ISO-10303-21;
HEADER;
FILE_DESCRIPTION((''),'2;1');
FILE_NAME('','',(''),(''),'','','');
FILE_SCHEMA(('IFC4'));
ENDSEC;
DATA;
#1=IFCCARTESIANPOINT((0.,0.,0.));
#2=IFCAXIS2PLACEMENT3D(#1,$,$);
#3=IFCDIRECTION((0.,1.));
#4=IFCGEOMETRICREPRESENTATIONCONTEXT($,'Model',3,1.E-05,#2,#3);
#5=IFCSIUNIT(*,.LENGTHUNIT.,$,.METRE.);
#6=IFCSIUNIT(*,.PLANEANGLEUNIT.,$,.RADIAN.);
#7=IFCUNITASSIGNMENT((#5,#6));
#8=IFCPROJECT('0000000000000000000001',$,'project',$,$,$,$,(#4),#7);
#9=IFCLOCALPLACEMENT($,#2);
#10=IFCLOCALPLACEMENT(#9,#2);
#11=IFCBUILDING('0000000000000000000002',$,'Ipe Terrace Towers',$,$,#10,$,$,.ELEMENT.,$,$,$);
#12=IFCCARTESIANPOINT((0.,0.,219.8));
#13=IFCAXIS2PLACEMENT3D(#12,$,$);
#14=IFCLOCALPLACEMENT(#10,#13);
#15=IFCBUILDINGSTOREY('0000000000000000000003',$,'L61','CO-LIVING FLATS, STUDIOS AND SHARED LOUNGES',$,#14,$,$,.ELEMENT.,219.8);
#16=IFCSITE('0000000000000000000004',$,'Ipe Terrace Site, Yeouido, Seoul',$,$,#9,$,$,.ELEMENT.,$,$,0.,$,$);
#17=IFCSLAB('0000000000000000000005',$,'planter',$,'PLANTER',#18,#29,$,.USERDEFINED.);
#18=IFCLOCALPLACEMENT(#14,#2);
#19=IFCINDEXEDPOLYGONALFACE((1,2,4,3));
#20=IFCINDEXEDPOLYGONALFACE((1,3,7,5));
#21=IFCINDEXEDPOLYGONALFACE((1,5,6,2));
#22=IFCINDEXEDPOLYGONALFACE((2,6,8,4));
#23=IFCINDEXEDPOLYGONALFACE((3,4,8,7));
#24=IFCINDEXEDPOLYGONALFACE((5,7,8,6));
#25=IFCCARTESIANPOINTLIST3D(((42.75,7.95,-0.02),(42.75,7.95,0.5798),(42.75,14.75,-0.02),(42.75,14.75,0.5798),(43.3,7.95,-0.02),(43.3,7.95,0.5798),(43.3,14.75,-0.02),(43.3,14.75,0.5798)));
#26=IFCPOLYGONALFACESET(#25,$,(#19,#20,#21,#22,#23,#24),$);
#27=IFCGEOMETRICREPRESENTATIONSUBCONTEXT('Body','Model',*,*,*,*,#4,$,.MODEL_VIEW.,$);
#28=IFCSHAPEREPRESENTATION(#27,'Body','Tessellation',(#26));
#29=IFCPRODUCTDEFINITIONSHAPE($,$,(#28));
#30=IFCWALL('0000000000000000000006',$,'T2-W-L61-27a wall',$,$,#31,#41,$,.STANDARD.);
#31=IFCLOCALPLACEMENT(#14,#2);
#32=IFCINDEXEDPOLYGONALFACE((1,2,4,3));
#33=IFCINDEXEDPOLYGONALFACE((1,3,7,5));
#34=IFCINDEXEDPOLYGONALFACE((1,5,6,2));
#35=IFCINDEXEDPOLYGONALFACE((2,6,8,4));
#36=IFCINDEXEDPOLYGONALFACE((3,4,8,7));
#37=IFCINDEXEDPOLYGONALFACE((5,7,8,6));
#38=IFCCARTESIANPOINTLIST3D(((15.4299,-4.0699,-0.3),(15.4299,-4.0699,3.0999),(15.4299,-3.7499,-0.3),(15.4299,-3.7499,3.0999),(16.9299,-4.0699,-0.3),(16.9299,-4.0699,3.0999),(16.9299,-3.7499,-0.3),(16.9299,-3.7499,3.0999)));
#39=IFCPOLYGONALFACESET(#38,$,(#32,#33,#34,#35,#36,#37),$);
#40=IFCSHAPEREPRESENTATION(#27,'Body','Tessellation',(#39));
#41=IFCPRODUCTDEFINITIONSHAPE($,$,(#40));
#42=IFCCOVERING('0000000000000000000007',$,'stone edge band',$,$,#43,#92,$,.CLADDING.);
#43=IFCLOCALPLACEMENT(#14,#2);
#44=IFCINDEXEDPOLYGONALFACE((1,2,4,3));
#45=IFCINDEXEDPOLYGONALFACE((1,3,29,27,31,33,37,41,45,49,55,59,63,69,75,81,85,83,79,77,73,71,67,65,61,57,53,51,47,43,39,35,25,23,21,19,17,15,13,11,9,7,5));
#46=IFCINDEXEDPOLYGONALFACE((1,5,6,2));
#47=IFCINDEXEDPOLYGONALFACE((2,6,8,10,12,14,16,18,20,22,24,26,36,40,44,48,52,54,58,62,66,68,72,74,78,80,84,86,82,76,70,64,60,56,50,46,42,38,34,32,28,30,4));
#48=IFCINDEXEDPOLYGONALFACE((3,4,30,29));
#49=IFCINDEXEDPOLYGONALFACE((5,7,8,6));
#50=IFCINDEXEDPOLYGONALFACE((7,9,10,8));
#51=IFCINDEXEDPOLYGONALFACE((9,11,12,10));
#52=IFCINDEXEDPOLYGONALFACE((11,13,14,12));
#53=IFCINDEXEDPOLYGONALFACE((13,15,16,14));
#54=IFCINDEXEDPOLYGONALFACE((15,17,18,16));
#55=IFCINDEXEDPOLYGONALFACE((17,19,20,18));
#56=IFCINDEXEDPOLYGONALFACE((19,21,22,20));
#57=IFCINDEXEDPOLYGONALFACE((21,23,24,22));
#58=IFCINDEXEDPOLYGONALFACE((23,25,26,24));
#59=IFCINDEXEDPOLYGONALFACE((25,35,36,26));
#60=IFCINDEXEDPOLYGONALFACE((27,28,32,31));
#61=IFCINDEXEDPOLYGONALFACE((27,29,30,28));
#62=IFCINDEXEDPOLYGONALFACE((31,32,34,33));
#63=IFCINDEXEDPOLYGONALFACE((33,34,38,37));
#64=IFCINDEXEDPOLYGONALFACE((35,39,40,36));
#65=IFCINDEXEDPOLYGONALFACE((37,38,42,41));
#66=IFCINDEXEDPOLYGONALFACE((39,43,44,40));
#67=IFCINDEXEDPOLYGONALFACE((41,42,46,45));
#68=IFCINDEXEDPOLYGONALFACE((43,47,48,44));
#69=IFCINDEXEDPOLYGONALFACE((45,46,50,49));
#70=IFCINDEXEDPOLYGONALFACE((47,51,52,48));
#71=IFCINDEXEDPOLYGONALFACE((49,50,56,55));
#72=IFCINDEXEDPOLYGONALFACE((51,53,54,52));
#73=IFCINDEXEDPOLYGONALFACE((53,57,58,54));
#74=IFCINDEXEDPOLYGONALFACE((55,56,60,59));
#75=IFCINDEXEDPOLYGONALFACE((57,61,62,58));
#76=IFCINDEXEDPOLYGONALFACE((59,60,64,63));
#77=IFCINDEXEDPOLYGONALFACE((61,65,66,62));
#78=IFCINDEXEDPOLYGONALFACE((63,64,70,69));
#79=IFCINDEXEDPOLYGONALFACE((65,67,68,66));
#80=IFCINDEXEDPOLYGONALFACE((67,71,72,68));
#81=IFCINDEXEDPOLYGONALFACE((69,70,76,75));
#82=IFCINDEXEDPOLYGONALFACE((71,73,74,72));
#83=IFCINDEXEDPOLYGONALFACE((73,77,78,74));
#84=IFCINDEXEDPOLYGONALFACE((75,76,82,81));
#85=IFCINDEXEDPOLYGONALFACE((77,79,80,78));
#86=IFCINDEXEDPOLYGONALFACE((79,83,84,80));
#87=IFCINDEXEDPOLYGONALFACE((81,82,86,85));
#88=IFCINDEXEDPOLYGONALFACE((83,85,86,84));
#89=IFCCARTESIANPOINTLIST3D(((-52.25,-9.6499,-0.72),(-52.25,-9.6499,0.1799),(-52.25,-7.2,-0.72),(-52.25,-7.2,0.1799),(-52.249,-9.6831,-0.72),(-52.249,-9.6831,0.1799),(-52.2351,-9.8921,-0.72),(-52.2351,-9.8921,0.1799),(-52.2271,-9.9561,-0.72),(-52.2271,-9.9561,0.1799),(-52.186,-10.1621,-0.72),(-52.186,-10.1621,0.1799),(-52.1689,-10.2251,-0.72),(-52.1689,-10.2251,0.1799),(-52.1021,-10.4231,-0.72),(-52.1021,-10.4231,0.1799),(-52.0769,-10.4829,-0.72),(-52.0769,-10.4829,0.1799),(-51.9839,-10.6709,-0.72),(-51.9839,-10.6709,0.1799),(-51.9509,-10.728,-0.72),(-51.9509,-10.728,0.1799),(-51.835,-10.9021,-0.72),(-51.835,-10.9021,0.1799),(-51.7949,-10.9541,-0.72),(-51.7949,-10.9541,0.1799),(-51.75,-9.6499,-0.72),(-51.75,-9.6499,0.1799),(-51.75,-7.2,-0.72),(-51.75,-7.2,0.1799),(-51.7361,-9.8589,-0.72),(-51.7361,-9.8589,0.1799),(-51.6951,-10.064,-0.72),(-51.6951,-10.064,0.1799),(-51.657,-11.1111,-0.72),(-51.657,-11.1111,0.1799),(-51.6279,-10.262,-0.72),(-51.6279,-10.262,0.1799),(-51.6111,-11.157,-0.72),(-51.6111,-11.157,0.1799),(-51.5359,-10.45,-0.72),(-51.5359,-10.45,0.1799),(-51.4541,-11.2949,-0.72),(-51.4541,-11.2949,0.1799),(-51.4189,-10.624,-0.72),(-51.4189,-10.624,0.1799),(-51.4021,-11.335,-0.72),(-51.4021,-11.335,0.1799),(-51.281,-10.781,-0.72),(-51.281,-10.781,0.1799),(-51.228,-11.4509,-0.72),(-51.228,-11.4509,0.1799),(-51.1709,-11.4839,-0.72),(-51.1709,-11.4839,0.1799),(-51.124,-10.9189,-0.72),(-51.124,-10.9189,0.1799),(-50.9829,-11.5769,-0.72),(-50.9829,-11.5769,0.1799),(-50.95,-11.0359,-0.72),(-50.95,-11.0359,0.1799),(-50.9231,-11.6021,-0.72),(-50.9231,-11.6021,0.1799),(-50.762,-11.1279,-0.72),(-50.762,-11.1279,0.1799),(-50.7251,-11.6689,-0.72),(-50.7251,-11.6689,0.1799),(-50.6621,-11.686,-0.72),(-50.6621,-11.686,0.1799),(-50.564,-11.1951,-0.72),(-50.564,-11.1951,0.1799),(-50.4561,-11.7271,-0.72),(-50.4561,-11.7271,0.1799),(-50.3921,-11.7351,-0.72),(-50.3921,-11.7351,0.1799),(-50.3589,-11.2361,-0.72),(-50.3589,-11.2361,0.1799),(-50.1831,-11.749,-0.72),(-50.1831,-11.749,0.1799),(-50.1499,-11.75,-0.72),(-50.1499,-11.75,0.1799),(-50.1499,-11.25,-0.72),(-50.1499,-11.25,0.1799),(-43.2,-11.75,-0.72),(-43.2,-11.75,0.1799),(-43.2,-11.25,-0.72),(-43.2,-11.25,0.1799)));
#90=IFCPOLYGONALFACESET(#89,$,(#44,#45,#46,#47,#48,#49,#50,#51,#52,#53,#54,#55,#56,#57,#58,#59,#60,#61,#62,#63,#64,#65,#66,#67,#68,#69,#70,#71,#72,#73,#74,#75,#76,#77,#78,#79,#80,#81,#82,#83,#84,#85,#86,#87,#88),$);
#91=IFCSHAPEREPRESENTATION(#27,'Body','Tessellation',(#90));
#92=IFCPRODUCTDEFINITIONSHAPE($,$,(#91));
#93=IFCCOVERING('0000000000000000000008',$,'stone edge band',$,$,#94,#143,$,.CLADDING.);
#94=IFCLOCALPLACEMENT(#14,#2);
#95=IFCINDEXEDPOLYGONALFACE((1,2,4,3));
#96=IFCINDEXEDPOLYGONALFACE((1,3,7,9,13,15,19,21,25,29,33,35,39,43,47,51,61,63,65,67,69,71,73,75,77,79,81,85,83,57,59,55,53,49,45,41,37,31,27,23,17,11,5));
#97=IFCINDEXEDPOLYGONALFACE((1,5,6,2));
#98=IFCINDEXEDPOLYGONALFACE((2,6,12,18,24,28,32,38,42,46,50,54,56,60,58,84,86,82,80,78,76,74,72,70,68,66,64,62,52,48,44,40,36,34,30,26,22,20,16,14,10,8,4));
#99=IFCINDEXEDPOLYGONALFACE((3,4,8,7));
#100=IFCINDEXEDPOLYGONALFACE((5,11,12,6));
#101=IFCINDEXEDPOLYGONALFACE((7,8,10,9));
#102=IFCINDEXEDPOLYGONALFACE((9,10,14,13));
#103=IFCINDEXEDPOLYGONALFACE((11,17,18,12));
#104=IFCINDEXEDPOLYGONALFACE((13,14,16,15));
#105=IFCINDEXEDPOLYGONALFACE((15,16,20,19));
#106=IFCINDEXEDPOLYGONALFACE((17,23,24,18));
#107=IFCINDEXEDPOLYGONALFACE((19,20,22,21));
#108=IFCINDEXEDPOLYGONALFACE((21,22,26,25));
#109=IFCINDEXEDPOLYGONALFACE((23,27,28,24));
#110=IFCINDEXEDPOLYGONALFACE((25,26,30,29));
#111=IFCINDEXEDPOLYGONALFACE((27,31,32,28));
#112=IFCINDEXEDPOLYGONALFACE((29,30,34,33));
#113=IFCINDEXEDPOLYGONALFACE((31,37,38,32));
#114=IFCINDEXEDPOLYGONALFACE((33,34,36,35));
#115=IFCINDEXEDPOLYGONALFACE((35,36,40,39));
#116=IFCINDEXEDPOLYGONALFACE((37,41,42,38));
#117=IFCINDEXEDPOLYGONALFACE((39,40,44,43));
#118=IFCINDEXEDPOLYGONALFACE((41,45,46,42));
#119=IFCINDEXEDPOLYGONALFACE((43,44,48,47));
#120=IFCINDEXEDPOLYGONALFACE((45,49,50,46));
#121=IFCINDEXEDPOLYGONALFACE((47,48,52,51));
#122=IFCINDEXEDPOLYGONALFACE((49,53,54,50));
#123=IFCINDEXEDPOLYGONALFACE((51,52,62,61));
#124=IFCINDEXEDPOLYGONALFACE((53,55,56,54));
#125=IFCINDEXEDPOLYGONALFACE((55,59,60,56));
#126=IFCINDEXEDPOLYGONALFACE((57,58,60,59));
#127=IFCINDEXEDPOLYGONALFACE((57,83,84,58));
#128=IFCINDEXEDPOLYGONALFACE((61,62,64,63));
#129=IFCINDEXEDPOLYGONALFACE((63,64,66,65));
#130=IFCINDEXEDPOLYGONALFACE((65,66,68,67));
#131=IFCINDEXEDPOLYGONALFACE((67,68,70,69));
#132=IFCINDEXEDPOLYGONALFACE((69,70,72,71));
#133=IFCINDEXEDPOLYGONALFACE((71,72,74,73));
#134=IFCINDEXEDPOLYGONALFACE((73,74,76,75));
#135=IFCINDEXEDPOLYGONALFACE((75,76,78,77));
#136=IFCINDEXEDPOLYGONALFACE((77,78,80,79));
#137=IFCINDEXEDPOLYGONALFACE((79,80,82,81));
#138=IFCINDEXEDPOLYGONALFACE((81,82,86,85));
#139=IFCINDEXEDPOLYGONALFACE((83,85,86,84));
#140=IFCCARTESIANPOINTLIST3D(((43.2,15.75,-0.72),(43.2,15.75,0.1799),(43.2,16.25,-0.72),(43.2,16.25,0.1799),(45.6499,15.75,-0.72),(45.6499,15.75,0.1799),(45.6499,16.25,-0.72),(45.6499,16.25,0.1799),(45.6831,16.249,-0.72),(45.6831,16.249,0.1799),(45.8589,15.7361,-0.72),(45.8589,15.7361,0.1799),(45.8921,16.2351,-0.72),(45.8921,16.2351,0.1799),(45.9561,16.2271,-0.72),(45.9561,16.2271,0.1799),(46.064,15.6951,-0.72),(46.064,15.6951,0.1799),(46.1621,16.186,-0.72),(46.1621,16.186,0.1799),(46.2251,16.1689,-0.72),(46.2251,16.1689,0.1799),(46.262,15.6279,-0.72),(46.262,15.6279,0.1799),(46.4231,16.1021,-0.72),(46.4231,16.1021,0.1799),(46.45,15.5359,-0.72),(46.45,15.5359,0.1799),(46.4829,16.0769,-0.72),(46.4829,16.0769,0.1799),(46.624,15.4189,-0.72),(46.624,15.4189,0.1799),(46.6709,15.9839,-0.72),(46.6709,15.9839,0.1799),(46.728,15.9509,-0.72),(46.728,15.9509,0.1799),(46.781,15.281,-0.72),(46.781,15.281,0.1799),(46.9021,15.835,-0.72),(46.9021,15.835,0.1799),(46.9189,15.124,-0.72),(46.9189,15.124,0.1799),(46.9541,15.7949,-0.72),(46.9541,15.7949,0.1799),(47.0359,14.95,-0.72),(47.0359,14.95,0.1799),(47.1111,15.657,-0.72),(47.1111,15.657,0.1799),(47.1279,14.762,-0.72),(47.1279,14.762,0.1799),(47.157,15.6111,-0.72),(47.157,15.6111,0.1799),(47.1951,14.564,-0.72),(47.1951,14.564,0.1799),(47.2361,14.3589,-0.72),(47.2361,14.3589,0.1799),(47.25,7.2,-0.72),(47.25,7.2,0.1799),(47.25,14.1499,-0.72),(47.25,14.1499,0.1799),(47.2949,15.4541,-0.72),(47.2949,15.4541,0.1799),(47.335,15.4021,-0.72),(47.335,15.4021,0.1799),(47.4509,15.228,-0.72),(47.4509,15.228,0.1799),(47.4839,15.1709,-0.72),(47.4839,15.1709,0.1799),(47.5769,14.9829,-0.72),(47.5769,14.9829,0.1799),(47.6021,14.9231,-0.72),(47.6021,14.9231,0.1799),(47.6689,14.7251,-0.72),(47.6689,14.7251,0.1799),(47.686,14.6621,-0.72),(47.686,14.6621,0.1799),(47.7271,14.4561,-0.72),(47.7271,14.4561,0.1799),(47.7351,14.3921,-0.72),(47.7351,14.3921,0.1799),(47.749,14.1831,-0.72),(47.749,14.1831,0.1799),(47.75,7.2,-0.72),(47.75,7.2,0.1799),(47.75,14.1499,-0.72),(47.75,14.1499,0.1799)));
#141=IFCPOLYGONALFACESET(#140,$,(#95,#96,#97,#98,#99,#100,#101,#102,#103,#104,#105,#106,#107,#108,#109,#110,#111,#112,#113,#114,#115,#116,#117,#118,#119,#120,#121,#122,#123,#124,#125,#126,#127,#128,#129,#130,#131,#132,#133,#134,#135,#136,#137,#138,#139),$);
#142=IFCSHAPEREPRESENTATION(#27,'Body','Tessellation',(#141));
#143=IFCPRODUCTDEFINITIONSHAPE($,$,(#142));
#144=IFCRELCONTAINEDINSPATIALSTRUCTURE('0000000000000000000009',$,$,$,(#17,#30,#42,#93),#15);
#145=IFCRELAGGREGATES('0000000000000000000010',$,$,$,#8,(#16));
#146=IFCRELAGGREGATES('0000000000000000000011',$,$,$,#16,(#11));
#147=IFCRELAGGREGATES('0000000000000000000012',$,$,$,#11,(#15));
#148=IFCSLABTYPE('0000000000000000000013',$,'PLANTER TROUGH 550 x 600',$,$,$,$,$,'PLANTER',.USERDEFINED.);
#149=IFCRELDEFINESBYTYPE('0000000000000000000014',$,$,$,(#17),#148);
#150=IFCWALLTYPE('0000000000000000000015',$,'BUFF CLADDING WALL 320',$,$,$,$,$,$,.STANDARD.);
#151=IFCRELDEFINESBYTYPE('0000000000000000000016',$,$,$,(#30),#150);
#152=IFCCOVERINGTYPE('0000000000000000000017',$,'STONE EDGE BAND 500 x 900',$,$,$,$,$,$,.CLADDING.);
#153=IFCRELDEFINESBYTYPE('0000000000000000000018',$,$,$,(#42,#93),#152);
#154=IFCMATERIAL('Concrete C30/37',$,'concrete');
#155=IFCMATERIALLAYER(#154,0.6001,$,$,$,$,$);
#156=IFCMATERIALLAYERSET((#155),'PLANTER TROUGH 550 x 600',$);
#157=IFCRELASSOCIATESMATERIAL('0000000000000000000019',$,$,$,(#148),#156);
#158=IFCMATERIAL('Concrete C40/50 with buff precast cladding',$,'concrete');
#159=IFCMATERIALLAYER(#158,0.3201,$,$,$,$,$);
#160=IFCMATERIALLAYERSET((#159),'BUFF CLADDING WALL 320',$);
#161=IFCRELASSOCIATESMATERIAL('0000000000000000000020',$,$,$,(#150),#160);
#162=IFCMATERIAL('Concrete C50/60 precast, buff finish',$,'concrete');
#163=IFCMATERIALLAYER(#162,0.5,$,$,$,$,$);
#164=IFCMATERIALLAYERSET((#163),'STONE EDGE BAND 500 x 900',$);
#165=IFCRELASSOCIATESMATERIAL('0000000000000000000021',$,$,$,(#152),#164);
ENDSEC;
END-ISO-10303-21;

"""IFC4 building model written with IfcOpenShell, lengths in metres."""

from ifc_helpers import new_model, si_unit, direction, frame, frame_2d, origin, place, context, subcontext, project, spatial, polyline, rectangle, outline, extrude, material, layer, layer_set, type_object, element, save


model = new_model("IFC4")

# Units and contexts
model_context = context("Model", 3, precision=1e-05, world=origin(), true_north=direction((0.0, 1.0)))
body_context = subcontext(model_context, "Body", "Model", "MODEL_VIEW")
ifc_project = project(units=[si_unit("LENGTHUNIT", "METRE"), si_unit("PLANEANGLEUNIT", "RADIAN")], contexts=[model_context])

# Site, building, storey
site_placement = place(None, origin())
site = spatial("IfcSite", under=ifc_project, at=site_placement, Name="Ipe Terrace Site, Yeouido, Seoul", CompositionType="ELEMENT", RefElevation=0.0)
building_placement = place(site_placement, origin())
building = spatial("IfcBuilding", under=site, at=building_placement, Name="Ipe Terrace Towers", CompositionType="ELEMENT")
storey_placement = place(building_placement, frame((0.0, 0.0, 219.8)))
storey = spatial("IfcBuildingStorey", under=building, at=storey_placement, Name="L61", Description="CO-LIVING FLATS, STUDIOS AND SHARED LOUNGES", CompositionType="ELEMENT", Elevation=219.8)

# Slab
ifc_material_1 = material(Name="Concrete C30/37", Category="concrete")
ifc_layer_1 = layer(ifc_material_1, 0.6001)
ifc_layer_set_1 = layer_set([ifc_layer_1], Name="PLANTER TROUGH 550 x 600")
slab_type_1 = type_object("IfcSlabType", Name="PLANTER TROUGH 550 x 600", ElementType="PLANTER", PredefinedType="USERDEFINED", material=ifc_layer_set_1)
slab_1_placement = place(storey_placement, frame((0.0, 0.0, -0.02)))
element("IfcSlab", 1, at=slab_1_placement, inside=storey, type_object=slab_type_1, Name="planter", ObjectType="PLANTER", PredefinedType="USERDEFINED", context=body_context, shape_type="SweptSolid", body=[
    extrude(outline(polyline([(42.75, 7.95), (43.3, 7.95), (43.3, 14.75), (42.75, 14.75), (42.75, 7.95)])), origin(), (0.0, 0.0, 1.0), 0.5999),
])

# Wall
ifc_material_2 = material(Name="Concrete C40/50 with buff precast cladding", Category="concrete")
ifc_layer_2 = layer(ifc_material_2, 0.3201)
ifc_layer_set_2 = layer_set([ifc_layer_2], Name="BUFF CLADDING WALL 320")
wall_type = type_object("IfcWallType", Name="BUFF CLADDING WALL 320", PredefinedType="STANDARD", material=ifc_layer_set_2)
wall_placement = place(storey_placement, frame((15.4299, -3.9099, -0.3), z_axis=(0.0, 0.0, 1.0), x_axis=(1.0, 0.0, 0.0)))
element("IfcWall", 2, at=wall_placement, inside=storey, type_object=wall_type, Name="T2-W-L61-27a wall", PredefinedType="STANDARD", context=body_context, shape_type="SweptSolid", body=[
    extrude(rectangle(XDim=1.5, YDim=0.3201, at=frame_2d((0.75, 0.0))), origin(), (0.0, 0.0, 1.0), 3.3999),
])

# Coverings
ifc_material_3 = material(Name="Concrete C50/60 precast, buff finish", Category="concrete")
ifc_layer_3 = layer(ifc_material_3, 0.5)
ifc_layer_set_3 = layer_set([ifc_layer_3], Name="STONE EDGE BAND 500 x 900")
covering_type = type_object("IfcCoveringType", Name="STONE EDGE BAND 500 x 900", PredefinedType="CLADDING", material=ifc_layer_set_3)
covering_1_placement = place(storey_placement, frame((0.0, 0.0, -0.72)))
element("IfcCovering", 3, at=covering_1_placement, inside=storey, type_object=covering_type, Name="stone edge band", PredefinedType="CLADDING", context=body_context, shape_type="SweptSolid", body=[
    extrude(outline(polyline([(-50.1499, -11.75), (-43.2, -11.75), (-43.2, -11.25), (-50.1499, -11.25), (-50.3589, -11.2361), (-50.564, -11.1951), (-50.762, -11.1279), (-50.95, -11.0359), (-51.124, -10.9189), (-51.281, -10.781), (-51.4189, -10.624), (-51.5359, -10.45), (-51.6279, -10.262), (-51.6951, -10.064), (-51.7361, -9.8589), (-51.75, -9.6499), (-51.75, -7.2), (-52.25, -7.2), (-52.25, -9.6499), (-52.249, -9.6831), (-52.2351, -9.8921), (-52.2271, -9.9561), (-52.186, -10.1621), (-52.1689, -10.2251), (-52.1021, -10.4231), (-52.0769, -10.4829), (-51.9839, -10.6709), (-51.9509, -10.728), (-51.835, -10.9021), (-51.7949, -10.9541), (-51.657, -11.1111), (-51.6111, -11.157), (-51.4541, -11.2949), (-51.4021, -11.335), (-51.228, -11.4509), (-51.1709, -11.4839), (-50.9829, -11.5769), (-50.9231, -11.6021), (-50.7251, -11.6689), (-50.6621, -11.686), (-50.4561, -11.7271), (-50.3921, -11.7351), (-50.1831, -11.749), (-50.1499, -11.75)])), origin(), (0.0, 0.0, 1.0), 0.8999),
])
covering_2_placement = place(storey_placement, frame((0.0, 0.0, -0.72)))
element("IfcCovering", 4, at=covering_2_placement, inside=storey, type_object=covering_type, Name="stone edge band", PredefinedType="CLADDING", context=body_context, shape_type="SweptSolid", body=[
    extrude(outline(polyline([(47.75, 14.1499), (47.749, 14.1831), (47.7351, 14.3921), (47.7271, 14.4561), (47.686, 14.6621), (47.6689, 14.7251), (47.6021, 14.9231), (47.5769, 14.9829), (47.4839, 15.1709), (47.4509, 15.228), (47.335, 15.4021), (47.2949, 15.4541), (47.157, 15.6111), (47.1111, 15.657), (46.9541, 15.7949), (46.9021, 15.835), (46.728, 15.9509), (46.6709, 15.9839), (46.4829, 16.0769), (46.4231, 16.1021), (46.2251, 16.1689), (46.1621, 16.186), (45.9561, 16.2271), (45.8921, 16.2351), (45.6831, 16.249), (45.6499, 16.25), (43.2, 16.25), (43.2, 15.75), (45.6499, 15.75), (45.8589, 15.7361), (46.064, 15.6951), (46.262, 15.6279), (46.45, 15.5359), (46.624, 15.4189), (46.781, 15.281), (46.9189, 15.124), (47.0359, 14.95), (47.1279, 14.762), (47.1951, 14.564), (47.2361, 14.3589), (47.25, 14.1499), (47.25, 7.2), (47.75, 7.2), (47.75, 14.1499)])), origin(), (0.0, 0.0, 1.0), 0.8999),
])

save(model, "model.ifc")
